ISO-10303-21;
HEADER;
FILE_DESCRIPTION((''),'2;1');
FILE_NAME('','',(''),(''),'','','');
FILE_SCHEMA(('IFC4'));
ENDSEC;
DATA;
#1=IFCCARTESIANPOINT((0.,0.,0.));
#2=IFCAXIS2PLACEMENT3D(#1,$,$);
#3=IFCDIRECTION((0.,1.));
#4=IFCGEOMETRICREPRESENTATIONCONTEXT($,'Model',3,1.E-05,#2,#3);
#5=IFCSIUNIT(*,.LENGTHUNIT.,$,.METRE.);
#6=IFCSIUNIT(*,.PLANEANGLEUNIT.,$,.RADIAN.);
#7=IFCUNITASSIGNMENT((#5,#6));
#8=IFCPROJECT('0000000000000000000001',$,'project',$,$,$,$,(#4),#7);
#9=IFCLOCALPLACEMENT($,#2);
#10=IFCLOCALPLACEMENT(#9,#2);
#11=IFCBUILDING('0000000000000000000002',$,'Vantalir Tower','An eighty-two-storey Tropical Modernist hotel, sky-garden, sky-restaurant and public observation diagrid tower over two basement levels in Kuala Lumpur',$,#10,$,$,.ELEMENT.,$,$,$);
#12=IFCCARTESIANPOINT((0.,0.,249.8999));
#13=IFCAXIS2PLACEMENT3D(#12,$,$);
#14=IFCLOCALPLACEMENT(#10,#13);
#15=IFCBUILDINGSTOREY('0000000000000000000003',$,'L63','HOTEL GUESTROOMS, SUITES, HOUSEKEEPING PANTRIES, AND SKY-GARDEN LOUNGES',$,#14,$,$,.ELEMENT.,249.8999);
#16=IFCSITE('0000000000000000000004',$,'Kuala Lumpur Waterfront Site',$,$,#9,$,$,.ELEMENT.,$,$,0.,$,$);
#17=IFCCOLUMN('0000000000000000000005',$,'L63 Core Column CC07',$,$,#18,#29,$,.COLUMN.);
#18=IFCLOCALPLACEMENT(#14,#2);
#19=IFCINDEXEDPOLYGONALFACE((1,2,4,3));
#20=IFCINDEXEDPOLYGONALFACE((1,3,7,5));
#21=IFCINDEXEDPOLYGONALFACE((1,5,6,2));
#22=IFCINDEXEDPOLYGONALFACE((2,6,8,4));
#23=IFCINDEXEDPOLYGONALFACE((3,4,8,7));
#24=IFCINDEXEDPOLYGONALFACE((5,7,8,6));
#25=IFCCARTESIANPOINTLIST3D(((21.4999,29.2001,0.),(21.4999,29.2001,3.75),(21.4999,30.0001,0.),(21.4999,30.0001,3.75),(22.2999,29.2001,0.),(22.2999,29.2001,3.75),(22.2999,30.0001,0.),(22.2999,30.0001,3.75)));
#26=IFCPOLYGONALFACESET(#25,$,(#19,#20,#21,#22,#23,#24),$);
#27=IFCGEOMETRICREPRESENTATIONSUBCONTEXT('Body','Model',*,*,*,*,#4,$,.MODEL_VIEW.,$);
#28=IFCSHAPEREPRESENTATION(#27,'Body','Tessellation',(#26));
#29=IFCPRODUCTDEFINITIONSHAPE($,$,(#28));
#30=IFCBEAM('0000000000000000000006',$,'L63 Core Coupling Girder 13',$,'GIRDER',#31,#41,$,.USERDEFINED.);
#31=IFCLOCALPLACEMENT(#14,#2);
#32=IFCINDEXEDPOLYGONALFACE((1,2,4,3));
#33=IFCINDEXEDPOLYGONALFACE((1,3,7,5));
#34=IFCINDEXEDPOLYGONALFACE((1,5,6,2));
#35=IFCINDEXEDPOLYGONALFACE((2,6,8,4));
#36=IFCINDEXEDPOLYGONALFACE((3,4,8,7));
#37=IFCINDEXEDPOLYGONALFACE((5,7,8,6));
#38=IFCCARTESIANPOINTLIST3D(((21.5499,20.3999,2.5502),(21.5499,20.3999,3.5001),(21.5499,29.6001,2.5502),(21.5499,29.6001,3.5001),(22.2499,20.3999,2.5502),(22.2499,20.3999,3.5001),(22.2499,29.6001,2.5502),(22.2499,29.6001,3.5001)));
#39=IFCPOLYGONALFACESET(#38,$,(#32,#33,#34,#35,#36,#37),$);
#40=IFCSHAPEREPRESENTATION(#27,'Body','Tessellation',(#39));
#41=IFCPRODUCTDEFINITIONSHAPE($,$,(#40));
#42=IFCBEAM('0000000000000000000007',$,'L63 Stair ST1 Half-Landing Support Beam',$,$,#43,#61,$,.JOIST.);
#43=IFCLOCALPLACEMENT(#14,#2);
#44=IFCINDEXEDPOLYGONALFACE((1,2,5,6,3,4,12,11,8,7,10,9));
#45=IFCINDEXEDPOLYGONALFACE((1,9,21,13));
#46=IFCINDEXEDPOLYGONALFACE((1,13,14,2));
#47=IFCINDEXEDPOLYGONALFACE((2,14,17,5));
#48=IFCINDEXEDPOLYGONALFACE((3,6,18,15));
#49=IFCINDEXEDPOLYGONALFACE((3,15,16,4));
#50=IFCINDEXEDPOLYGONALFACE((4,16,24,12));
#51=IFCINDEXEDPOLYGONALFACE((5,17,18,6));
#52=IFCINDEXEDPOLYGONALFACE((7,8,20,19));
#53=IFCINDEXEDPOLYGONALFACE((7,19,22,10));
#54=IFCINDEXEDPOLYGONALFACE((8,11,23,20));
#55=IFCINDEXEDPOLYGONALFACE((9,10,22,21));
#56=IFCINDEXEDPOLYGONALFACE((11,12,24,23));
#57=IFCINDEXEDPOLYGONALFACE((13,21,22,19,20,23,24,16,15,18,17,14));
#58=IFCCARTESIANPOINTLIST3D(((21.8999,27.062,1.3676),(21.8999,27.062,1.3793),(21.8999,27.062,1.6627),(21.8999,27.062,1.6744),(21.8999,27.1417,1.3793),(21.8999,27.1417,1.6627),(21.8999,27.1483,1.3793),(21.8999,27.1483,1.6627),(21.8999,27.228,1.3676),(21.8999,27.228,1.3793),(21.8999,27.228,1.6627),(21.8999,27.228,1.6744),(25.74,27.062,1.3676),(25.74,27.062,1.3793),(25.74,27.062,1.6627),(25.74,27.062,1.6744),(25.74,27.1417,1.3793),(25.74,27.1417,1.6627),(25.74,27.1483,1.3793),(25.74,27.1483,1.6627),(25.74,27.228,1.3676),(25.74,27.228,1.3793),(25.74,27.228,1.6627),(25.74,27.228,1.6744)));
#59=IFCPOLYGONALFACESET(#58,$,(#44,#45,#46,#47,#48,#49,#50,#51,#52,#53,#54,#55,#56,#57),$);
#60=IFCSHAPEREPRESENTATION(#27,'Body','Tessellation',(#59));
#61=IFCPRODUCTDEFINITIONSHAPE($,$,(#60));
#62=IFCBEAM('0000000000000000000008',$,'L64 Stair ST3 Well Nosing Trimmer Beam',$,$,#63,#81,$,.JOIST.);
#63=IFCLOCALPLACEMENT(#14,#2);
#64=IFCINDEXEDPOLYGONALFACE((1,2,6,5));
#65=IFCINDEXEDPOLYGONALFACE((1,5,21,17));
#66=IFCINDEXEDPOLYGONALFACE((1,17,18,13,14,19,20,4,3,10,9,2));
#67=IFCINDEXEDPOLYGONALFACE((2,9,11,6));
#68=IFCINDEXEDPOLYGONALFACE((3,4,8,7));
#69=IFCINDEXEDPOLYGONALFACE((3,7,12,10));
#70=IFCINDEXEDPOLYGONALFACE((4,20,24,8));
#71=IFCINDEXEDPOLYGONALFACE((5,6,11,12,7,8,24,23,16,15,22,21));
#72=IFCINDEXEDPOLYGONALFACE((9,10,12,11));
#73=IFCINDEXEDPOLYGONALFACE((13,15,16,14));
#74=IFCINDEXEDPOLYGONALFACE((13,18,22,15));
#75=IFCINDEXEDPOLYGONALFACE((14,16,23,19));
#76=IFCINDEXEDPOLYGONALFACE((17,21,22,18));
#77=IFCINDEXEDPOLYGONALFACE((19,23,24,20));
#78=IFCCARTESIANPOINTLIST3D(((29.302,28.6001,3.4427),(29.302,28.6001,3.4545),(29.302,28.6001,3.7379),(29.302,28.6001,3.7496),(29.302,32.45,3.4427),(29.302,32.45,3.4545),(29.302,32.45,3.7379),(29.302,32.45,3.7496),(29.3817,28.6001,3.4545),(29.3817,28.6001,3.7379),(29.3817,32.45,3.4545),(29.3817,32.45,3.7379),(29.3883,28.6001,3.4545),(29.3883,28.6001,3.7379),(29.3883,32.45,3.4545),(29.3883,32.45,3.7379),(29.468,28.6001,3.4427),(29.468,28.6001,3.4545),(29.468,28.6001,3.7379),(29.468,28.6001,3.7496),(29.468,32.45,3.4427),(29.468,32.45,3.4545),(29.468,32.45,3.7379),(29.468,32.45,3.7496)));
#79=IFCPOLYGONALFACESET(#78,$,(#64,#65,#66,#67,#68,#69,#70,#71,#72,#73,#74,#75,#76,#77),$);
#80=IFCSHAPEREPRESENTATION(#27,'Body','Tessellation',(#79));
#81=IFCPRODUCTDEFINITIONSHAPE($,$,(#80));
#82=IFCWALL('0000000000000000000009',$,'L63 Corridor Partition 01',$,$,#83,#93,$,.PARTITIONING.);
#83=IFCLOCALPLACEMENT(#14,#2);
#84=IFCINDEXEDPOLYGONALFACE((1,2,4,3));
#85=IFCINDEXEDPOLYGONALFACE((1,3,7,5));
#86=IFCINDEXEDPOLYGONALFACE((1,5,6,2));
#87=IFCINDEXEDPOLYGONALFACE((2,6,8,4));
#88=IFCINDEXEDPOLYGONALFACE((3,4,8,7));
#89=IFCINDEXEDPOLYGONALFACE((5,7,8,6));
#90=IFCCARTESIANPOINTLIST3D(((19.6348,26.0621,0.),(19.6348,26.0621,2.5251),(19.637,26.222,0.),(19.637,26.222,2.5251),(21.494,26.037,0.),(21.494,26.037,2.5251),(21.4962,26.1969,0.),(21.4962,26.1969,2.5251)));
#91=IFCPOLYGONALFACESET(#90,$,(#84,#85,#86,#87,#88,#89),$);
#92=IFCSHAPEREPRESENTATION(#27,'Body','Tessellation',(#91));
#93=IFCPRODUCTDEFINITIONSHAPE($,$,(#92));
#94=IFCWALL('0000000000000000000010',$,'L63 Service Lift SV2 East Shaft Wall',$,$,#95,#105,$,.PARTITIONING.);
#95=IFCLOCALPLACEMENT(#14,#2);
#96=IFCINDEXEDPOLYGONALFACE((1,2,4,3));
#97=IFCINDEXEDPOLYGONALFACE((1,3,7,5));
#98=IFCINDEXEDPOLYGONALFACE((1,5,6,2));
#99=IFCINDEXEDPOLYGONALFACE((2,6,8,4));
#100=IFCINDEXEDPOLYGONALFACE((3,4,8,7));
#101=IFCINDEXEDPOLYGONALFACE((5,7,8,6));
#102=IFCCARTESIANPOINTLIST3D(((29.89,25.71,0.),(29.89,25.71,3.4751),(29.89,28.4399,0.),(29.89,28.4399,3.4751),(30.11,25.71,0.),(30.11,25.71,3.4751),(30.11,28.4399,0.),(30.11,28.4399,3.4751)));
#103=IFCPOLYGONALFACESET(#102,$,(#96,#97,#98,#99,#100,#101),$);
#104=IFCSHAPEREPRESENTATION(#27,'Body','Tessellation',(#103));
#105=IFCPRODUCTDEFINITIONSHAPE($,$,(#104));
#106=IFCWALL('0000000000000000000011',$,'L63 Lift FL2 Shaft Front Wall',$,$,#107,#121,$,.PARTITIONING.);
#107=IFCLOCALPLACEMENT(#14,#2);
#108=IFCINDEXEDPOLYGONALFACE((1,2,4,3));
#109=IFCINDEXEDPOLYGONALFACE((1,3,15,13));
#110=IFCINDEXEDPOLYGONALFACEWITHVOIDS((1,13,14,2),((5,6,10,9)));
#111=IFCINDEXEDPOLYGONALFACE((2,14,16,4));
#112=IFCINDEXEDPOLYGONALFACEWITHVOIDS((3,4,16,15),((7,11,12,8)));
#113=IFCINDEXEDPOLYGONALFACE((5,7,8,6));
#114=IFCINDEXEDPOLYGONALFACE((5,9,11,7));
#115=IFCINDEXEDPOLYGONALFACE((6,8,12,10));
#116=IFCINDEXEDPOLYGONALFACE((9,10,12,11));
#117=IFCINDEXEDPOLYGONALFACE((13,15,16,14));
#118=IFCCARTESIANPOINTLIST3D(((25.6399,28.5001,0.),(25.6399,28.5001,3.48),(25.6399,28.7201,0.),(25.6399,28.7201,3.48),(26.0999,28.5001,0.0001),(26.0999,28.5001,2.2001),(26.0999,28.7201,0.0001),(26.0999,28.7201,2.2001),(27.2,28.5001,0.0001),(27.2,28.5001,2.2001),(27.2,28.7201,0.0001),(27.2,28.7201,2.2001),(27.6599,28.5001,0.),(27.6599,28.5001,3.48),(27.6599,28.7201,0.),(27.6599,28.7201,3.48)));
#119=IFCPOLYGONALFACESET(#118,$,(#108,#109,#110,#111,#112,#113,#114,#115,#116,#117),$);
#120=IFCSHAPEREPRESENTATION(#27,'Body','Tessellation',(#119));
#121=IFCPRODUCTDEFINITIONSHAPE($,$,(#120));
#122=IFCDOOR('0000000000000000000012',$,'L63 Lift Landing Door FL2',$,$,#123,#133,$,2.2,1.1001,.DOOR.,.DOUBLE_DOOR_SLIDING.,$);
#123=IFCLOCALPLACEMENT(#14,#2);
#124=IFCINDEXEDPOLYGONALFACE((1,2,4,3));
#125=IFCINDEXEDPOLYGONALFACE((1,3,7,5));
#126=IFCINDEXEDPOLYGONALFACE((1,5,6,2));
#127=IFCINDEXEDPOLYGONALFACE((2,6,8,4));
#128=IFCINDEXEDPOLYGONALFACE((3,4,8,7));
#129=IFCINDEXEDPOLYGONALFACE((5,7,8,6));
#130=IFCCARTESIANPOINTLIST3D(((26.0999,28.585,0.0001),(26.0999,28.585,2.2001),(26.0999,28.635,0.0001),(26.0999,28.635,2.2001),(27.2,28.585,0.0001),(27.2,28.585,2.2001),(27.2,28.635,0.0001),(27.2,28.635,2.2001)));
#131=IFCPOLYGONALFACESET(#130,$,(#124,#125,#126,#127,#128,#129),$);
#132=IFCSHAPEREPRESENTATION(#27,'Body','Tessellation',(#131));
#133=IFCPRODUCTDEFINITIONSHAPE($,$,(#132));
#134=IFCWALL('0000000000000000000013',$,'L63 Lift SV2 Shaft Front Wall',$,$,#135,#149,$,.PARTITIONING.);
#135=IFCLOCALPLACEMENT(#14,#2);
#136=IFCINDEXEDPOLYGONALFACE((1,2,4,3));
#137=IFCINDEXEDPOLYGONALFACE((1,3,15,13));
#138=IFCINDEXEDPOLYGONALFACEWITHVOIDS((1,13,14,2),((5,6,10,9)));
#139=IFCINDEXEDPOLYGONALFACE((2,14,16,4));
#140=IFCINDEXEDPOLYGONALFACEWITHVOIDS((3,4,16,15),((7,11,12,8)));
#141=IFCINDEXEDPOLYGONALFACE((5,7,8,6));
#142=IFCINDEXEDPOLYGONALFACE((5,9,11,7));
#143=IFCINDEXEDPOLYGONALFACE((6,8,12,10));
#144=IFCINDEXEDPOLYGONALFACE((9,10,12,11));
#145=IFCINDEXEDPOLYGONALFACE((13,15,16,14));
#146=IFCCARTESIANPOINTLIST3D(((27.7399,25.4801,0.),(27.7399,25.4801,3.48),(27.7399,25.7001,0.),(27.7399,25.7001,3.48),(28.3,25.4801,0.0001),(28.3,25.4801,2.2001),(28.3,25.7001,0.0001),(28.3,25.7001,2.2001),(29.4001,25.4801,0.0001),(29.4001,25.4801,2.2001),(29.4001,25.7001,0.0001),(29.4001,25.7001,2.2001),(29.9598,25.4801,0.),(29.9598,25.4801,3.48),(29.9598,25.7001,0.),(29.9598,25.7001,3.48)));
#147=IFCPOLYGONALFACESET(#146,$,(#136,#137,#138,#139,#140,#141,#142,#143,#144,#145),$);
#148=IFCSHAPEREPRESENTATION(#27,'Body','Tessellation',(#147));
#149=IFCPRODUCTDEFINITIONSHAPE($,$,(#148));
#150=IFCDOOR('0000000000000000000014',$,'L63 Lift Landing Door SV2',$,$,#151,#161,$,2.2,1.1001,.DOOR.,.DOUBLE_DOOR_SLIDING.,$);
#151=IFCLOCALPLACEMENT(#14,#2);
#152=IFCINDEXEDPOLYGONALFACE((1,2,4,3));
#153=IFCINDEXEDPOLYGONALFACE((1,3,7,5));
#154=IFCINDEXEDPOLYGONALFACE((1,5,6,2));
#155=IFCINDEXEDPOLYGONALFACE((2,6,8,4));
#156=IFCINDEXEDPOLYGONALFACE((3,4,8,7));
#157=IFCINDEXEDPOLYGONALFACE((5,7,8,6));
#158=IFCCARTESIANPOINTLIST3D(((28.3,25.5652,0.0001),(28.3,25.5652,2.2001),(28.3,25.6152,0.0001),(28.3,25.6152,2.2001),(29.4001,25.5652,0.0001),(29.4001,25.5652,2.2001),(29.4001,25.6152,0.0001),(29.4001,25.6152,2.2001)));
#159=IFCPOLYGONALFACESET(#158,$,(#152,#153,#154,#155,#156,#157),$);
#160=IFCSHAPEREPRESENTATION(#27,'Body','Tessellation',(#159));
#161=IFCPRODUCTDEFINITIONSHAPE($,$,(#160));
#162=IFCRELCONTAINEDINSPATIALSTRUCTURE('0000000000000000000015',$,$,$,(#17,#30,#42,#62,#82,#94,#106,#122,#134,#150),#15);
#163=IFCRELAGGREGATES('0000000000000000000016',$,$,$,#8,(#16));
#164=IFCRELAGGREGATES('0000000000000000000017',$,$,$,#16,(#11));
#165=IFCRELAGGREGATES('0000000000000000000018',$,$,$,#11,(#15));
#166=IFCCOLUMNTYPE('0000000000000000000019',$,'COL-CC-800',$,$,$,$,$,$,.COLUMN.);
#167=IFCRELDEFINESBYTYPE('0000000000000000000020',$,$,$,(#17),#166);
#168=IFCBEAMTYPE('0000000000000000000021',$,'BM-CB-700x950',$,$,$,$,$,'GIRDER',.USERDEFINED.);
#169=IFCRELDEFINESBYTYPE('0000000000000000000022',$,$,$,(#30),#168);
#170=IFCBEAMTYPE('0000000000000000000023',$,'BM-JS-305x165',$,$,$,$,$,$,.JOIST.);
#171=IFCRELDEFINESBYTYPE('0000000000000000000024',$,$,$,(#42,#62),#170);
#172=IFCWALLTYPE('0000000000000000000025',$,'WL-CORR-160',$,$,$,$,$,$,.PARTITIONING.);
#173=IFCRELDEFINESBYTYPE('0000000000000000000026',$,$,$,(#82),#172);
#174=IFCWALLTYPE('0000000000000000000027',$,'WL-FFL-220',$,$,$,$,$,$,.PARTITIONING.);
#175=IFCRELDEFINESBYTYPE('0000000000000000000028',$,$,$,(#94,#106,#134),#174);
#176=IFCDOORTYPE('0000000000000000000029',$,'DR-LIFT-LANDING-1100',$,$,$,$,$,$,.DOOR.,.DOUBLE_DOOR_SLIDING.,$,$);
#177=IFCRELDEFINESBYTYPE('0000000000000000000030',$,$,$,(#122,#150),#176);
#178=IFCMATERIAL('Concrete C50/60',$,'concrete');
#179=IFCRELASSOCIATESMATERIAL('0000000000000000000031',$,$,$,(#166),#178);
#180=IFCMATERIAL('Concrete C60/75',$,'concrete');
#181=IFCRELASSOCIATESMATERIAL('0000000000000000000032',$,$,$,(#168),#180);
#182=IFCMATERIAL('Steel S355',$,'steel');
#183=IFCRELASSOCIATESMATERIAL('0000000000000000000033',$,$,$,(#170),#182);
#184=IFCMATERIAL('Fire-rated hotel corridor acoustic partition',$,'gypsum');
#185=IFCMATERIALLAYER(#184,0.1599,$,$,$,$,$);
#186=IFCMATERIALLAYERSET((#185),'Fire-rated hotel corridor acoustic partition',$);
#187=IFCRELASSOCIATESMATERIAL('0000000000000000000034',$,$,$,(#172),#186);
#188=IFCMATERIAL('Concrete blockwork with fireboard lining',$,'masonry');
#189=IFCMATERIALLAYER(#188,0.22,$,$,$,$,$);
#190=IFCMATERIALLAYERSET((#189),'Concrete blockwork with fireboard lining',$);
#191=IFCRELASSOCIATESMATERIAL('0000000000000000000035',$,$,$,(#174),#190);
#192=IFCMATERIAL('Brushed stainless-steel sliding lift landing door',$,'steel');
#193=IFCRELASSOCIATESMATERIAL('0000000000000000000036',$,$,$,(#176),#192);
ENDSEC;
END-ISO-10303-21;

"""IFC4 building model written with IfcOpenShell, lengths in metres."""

from ifc_helpers import new_model, si_unit, direction, frame, frame_2d, origin, origin_2d, place, context, subcontext, project, spatial, rectangle, i_section, extrude, material, layer, layer_set, material_profile, profile_set, type_object, element, fill, save


model = new_model("IFC4")

# Units and contexts
model_context = context("Model", 3, precision=1e-05, world=origin(), true_north=direction((0.0, 1.0)))
body_context = subcontext(model_context, "Body", "Model", "MODEL_VIEW")
ifc_project = project(units=[si_unit("LENGTHUNIT", "METRE"), si_unit("PLANEANGLEUNIT", "RADIAN")], contexts=[model_context])

# Site, building, storey
site_placement = place(None, origin())
site = spatial("IfcSite", under=ifc_project, at=site_placement, Name="Kuala Lumpur Waterfront Site", CompositionType="ELEMENT", RefElevation=0.0)
building_placement = place(site_placement, origin())
building = spatial("IfcBuilding", under=site, at=building_placement, Name="Vantalir Tower", Description="An eighty-two-storey Tropical Modernist hotel, sky-garden, sky-restaurant and public observation diagrid tower over two basement levels in Kuala Lumpur", CompositionType="ELEMENT")
storey_placement = place(building_placement, frame((0.0, 0.0, 249.8999)))
storey = spatial("IfcBuildingStorey", under=building, at=storey_placement, Name="L63", Description="HOTEL GUESTROOMS, SUITES, HOUSEKEEPING PANTRIES, AND SKY-GARDEN LOUNGES", CompositionType="ELEMENT", Elevation=249.8999)

# Column
ifc_material_1 = material(Name="Concrete C50/60", Category="concrete")
ifc_material_profile_1 = material_profile(ifc_material_1, rectangle(XDim=0.8, YDim=0.8, at=origin_2d()), Name="Concrete C50/60")
ifc_profile_set_1 = profile_set([ifc_material_profile_1], Name="Concrete C50/60")
column_type = type_object("IfcColumnType", Name="COL-CC-800", PredefinedType="COLUMN", material=ifc_profile_set_1)
column_placement = place(storey_placement, frame((21.8999, 29.6001, 0.0), z_axis=(0.0, 0.0, 1.0), x_axis=(1.0, 0.0, 0.0)))
element("IfcColumn", 1, at=column_placement, inside=storey, type_object=column_type, Name="L63 Core Column CC07", PredefinedType="COLUMN", context=body_context, shape_type="SweptSolid", body=[
    extrude(rectangle(XDim=0.8, YDim=0.8, at=origin_2d()), origin(), (0.0, 0.0, 1.0), 3.75),
])

# Beams
ifc_material_2 = material(Name="Concrete C60/75", Category="concrete")
ifc_material_profile_2 = material_profile(ifc_material_2, rectangle(XDim=0.7, YDim=0.95, at=origin_2d()), Name="Concrete C60/75")
ifc_profile_set_2 = profile_set([ifc_material_profile_2], Name="Concrete C60/75")
beam_type_1 = type_object("IfcBeamType", Name="BM-CB-700x950", ElementType="GIRDER", PredefinedType="USERDEFINED", material=ifc_profile_set_2)
beam_1_placement = place(storey_placement, frame((21.8999, 29.6001, 3.0251), z_axis=(0.0, -1.0, 0.0), x_axis=(1.0, 0.0, 0.0)))
element("IfcBeam", 2, at=beam_1_placement, inside=storey, type_object=beam_type_1, Name="L63 Core Coupling Girder 13", ObjectType="GIRDER", PredefinedType="USERDEFINED", context=body_context, shape_type="SweptSolid", body=[
    extrude(rectangle(XDim=0.7, YDim=0.95, at=origin_2d()), origin(), (0.0, 0.0, 1.0), 9.2002),
])
ifc_material_3 = material(Name="Steel S355", Category="steel")
ifc_material_profile_3 = material_profile(ifc_material_3, i_section(OverallWidth=0.166, OverallDepth=0.3069, WebThickness=0.0066, FlangeThickness=0.0117, at=origin_2d()), Name="Steel S355")
ifc_profile_set_3 = profile_set([ifc_material_profile_3], Name="Steel S355")
beam_type_2 = type_object("IfcBeamType", Name="BM-JS-305x165", PredefinedType="JOIST", material=ifc_profile_set_3)
beam_2_placement = place(storey_placement, frame((21.8999, 27.145, 1.521), z_axis=(1.0, 0.0, 0.0), x_axis=(0.0, 1.0, 0.0)))
element("IfcBeam", 3, at=beam_2_placement, inside=storey, type_object=beam_type_2, Name="L63 Stair ST1 Half-Landing Support Beam", PredefinedType="JOIST", context=body_context, shape_type="SweptSolid", body=[
    extrude(i_section(OverallWidth=0.166, OverallDepth=0.3069, WebThickness=0.0066, FlangeThickness=0.0117, at=origin_2d()), origin(), (0.0, 0.0, 1.0), 3.8401),
])
beam_3_placement = place(storey_placement, frame((29.385, 28.6001, 3.5962), z_axis=(0.0, 1.0, 0.0), x_axis=(-1.0, 0.0, 0.0)))
element("IfcBeam", 4, at=beam_3_placement, inside=storey, type_object=beam_type_2, Name="L64 Stair ST3 Well Nosing Trimmer Beam", PredefinedType="JOIST", context=body_context, shape_type="SweptSolid", body=[
    extrude(i_section(OverallWidth=0.166, OverallDepth=0.3069, WebThickness=0.0066, FlangeThickness=0.0117, at=origin_2d()), origin(), (0.0, 0.0, 1.0), 3.8499),
])

# Walls
ifc_material_4 = material(Name="Fire-rated hotel corridor acoustic partition", Category="gypsum")
ifc_layer_1 = layer(ifc_material_4, 0.1599)
ifc_layer_set_1 = layer_set([ifc_layer_1], Name="Fire-rated hotel corridor acoustic partition")
wall_type_1 = type_object("IfcWallType", Name="WL-CORR-160", PredefinedType="PARTITIONING", material=ifc_layer_set_1)
wall_1_placement = place(storey_placement, frame((21.4951, 26.1169, 0.0), z_axis=(0.0, 0.0, 1.0), x_axis=(-0.999909, 0.013525, 0.0)))
element("IfcWall", 5, at=wall_1_placement, inside=storey, type_object=wall_type_1, Name="L63 Corridor Partition 01", PredefinedType="PARTITIONING", context=body_context, shape_type="SweptSolid", body=[
    extrude(rectangle(XDim=1.8594, YDim=0.1599, at=frame_2d((0.9297, 0.0))), origin(), (0.0, 0.0, 1.0), 2.5251),
])
ifc_material_5 = material(Name="Concrete blockwork with fireboard lining", Category="masonry")
ifc_layer_2 = layer(ifc_material_5, 0.22)
ifc_layer_set_2 = layer_set([ifc_layer_2], Name="Concrete blockwork with fireboard lining")
wall_type_2 = type_object("IfcWallType", Name="WL-FFL-220", PredefinedType="PARTITIONING", material=ifc_layer_set_2)
wall_2_placement = place(storey_placement, frame((30.0, 25.71, 0.0), z_axis=(0.0, 0.0, 1.0), x_axis=(0.0, 1.0, 0.0)))
element("IfcWall", 6, at=wall_2_placement, inside=storey, type_object=wall_type_2, Name="L63 Service Lift SV2 East Shaft Wall", PredefinedType="PARTITIONING", context=body_context, shape_type="SweptSolid", body=[
    extrude(rectangle(XDim=2.73, YDim=0.22, at=frame_2d((1.365, 0.0))), origin(), (0.0, 0.0, 1.0), 3.4751),
])

# Walls, openings, doors
wall_3_placement = place(storey_placement, frame((25.6399, 28.6101, 0.0), z_axis=(0.0, 0.0, 1.0), x_axis=(1.0, 0.0, 0.0)))
wall_3 = element("IfcWall", 7, at=wall_3_placement, inside=storey, type_object=wall_type_2, Name="L63 Lift FL2 Shaft Front Wall", PredefinedType="PARTITIONING", context=body_context, shape_type="SweptSolid", body=[
    extrude(rectangle(XDim=2.02, YDim=0.22, at=frame_2d((1.01, 0.0))), origin(), (0.0, 0.0, 1.0), 3.48),
])
opening_1_placement = place(wall_3_placement, frame((0.46, 0.0, 0.0)))
opening_1 = element("IfcOpeningElement", 8, at=opening_1_placement, cuts=wall_3, PredefinedType="OPENING", context=body_context, shape_type="SweptSolid", body=[
    extrude(rectangle(XDim=1.1001, YDim=2.2, at=frame_2d((0.55, 1.1001))), frame((0.0, 0.1199, 0.0), z_axis=(0.0, -1.0, 0.0), x_axis=(1.0, 0.0, 0.0)), (0.0, 0.0, 1.0), 0.24),
])
ifc_material_6 = material(Name="Brushed stainless-steel sliding lift landing door", Category="steel")
door_type_1 = type_object("IfcDoorType", Name="DR-LIFT-LANDING-1100", OperationType="DOUBLE_DOOR_SLIDING", PredefinedType="DOOR", material=ifc_material_6)
door_1_placement = place(opening_1_placement, origin())
door_1 = element("IfcDoor", 9, at=door_1_placement, inside=storey, type_object=door_type_1, Name="L63 Lift Landing Door FL2", OperationType="DOUBLE_DOOR_SLIDING", OverallHeight=2.2, OverallWidth=1.1001, PredefinedType="DOOR", context=body_context, shape_type="SweptSolid", body=[
    extrude(rectangle(XDim=1.1001, YDim=2.2, at=frame_2d((0.55, 1.1001))), frame((0.0, 0.0249, 0.0), z_axis=(0.0, -1.0, 0.0), x_axis=(1.0, 0.0, 0.0)), (0.0, 0.0, 1.0), 0.05),
])
fill(opening_1, door_1)
wall_4_placement = place(storey_placement, frame((27.74, 25.5901, 0.0), z_axis=(0.0, 0.0, 1.0), x_axis=(1.0, 0.0, 0.0)))
wall_4 = element("IfcWall", 10, at=wall_4_placement, inside=storey, type_object=wall_type_2, Name="L63 Lift SV2 Shaft Front Wall", PredefinedType="PARTITIONING", context=body_context, shape_type="SweptSolid", body=[
    extrude(rectangle(XDim=2.22, YDim=0.22, at=frame_2d((1.1099, 0.0))), origin(), (0.0, 0.0, 1.0), 3.48),
])
opening_2_placement = place(wall_4_placement, frame((0.5601, 0.0, 0.0)))
opening_2 = element("IfcOpeningElement", 11, at=opening_2_placement, cuts=wall_4, PredefinedType="OPENING", context=body_context, shape_type="SweptSolid", body=[
    extrude(rectangle(XDim=1.1001, YDim=2.2, at=frame_2d((0.55, 1.1001))), frame((0.0, 0.1199, 0.0), z_axis=(0.0, -1.0, 0.0), x_axis=(1.0, 0.0, 0.0)), (0.0, 0.0, 1.0), 0.24),
])
door_2_placement = place(opening_2_placement, frame((1.1001, 0.0, 0.0), z_axis=(0.0, 0.0, 1.0), x_axis=(-1.0, 0.0, 0.0)))
door_2 = element("IfcDoor", 12, at=door_2_placement, inside=storey, type_object=door_type_1, Name="L63 Lift Landing Door SV2", OperationType="DOUBLE_DOOR_SLIDING", OverallHeight=2.2, OverallWidth=1.1001, PredefinedType="DOOR", context=body_context, shape_type="SweptSolid", body=[
    extrude(rectangle(XDim=1.1001, YDim=2.2, at=frame_2d((0.55, 1.1001))), frame((0.0, 0.0249, 0.0), z_axis=(0.0, -1.0, 0.0), x_axis=(1.0, 0.0, 0.0)), (0.0, 0.0, 1.0), 0.05),
])
fill(opening_2, door_2)

save(model, "model.ifc")
